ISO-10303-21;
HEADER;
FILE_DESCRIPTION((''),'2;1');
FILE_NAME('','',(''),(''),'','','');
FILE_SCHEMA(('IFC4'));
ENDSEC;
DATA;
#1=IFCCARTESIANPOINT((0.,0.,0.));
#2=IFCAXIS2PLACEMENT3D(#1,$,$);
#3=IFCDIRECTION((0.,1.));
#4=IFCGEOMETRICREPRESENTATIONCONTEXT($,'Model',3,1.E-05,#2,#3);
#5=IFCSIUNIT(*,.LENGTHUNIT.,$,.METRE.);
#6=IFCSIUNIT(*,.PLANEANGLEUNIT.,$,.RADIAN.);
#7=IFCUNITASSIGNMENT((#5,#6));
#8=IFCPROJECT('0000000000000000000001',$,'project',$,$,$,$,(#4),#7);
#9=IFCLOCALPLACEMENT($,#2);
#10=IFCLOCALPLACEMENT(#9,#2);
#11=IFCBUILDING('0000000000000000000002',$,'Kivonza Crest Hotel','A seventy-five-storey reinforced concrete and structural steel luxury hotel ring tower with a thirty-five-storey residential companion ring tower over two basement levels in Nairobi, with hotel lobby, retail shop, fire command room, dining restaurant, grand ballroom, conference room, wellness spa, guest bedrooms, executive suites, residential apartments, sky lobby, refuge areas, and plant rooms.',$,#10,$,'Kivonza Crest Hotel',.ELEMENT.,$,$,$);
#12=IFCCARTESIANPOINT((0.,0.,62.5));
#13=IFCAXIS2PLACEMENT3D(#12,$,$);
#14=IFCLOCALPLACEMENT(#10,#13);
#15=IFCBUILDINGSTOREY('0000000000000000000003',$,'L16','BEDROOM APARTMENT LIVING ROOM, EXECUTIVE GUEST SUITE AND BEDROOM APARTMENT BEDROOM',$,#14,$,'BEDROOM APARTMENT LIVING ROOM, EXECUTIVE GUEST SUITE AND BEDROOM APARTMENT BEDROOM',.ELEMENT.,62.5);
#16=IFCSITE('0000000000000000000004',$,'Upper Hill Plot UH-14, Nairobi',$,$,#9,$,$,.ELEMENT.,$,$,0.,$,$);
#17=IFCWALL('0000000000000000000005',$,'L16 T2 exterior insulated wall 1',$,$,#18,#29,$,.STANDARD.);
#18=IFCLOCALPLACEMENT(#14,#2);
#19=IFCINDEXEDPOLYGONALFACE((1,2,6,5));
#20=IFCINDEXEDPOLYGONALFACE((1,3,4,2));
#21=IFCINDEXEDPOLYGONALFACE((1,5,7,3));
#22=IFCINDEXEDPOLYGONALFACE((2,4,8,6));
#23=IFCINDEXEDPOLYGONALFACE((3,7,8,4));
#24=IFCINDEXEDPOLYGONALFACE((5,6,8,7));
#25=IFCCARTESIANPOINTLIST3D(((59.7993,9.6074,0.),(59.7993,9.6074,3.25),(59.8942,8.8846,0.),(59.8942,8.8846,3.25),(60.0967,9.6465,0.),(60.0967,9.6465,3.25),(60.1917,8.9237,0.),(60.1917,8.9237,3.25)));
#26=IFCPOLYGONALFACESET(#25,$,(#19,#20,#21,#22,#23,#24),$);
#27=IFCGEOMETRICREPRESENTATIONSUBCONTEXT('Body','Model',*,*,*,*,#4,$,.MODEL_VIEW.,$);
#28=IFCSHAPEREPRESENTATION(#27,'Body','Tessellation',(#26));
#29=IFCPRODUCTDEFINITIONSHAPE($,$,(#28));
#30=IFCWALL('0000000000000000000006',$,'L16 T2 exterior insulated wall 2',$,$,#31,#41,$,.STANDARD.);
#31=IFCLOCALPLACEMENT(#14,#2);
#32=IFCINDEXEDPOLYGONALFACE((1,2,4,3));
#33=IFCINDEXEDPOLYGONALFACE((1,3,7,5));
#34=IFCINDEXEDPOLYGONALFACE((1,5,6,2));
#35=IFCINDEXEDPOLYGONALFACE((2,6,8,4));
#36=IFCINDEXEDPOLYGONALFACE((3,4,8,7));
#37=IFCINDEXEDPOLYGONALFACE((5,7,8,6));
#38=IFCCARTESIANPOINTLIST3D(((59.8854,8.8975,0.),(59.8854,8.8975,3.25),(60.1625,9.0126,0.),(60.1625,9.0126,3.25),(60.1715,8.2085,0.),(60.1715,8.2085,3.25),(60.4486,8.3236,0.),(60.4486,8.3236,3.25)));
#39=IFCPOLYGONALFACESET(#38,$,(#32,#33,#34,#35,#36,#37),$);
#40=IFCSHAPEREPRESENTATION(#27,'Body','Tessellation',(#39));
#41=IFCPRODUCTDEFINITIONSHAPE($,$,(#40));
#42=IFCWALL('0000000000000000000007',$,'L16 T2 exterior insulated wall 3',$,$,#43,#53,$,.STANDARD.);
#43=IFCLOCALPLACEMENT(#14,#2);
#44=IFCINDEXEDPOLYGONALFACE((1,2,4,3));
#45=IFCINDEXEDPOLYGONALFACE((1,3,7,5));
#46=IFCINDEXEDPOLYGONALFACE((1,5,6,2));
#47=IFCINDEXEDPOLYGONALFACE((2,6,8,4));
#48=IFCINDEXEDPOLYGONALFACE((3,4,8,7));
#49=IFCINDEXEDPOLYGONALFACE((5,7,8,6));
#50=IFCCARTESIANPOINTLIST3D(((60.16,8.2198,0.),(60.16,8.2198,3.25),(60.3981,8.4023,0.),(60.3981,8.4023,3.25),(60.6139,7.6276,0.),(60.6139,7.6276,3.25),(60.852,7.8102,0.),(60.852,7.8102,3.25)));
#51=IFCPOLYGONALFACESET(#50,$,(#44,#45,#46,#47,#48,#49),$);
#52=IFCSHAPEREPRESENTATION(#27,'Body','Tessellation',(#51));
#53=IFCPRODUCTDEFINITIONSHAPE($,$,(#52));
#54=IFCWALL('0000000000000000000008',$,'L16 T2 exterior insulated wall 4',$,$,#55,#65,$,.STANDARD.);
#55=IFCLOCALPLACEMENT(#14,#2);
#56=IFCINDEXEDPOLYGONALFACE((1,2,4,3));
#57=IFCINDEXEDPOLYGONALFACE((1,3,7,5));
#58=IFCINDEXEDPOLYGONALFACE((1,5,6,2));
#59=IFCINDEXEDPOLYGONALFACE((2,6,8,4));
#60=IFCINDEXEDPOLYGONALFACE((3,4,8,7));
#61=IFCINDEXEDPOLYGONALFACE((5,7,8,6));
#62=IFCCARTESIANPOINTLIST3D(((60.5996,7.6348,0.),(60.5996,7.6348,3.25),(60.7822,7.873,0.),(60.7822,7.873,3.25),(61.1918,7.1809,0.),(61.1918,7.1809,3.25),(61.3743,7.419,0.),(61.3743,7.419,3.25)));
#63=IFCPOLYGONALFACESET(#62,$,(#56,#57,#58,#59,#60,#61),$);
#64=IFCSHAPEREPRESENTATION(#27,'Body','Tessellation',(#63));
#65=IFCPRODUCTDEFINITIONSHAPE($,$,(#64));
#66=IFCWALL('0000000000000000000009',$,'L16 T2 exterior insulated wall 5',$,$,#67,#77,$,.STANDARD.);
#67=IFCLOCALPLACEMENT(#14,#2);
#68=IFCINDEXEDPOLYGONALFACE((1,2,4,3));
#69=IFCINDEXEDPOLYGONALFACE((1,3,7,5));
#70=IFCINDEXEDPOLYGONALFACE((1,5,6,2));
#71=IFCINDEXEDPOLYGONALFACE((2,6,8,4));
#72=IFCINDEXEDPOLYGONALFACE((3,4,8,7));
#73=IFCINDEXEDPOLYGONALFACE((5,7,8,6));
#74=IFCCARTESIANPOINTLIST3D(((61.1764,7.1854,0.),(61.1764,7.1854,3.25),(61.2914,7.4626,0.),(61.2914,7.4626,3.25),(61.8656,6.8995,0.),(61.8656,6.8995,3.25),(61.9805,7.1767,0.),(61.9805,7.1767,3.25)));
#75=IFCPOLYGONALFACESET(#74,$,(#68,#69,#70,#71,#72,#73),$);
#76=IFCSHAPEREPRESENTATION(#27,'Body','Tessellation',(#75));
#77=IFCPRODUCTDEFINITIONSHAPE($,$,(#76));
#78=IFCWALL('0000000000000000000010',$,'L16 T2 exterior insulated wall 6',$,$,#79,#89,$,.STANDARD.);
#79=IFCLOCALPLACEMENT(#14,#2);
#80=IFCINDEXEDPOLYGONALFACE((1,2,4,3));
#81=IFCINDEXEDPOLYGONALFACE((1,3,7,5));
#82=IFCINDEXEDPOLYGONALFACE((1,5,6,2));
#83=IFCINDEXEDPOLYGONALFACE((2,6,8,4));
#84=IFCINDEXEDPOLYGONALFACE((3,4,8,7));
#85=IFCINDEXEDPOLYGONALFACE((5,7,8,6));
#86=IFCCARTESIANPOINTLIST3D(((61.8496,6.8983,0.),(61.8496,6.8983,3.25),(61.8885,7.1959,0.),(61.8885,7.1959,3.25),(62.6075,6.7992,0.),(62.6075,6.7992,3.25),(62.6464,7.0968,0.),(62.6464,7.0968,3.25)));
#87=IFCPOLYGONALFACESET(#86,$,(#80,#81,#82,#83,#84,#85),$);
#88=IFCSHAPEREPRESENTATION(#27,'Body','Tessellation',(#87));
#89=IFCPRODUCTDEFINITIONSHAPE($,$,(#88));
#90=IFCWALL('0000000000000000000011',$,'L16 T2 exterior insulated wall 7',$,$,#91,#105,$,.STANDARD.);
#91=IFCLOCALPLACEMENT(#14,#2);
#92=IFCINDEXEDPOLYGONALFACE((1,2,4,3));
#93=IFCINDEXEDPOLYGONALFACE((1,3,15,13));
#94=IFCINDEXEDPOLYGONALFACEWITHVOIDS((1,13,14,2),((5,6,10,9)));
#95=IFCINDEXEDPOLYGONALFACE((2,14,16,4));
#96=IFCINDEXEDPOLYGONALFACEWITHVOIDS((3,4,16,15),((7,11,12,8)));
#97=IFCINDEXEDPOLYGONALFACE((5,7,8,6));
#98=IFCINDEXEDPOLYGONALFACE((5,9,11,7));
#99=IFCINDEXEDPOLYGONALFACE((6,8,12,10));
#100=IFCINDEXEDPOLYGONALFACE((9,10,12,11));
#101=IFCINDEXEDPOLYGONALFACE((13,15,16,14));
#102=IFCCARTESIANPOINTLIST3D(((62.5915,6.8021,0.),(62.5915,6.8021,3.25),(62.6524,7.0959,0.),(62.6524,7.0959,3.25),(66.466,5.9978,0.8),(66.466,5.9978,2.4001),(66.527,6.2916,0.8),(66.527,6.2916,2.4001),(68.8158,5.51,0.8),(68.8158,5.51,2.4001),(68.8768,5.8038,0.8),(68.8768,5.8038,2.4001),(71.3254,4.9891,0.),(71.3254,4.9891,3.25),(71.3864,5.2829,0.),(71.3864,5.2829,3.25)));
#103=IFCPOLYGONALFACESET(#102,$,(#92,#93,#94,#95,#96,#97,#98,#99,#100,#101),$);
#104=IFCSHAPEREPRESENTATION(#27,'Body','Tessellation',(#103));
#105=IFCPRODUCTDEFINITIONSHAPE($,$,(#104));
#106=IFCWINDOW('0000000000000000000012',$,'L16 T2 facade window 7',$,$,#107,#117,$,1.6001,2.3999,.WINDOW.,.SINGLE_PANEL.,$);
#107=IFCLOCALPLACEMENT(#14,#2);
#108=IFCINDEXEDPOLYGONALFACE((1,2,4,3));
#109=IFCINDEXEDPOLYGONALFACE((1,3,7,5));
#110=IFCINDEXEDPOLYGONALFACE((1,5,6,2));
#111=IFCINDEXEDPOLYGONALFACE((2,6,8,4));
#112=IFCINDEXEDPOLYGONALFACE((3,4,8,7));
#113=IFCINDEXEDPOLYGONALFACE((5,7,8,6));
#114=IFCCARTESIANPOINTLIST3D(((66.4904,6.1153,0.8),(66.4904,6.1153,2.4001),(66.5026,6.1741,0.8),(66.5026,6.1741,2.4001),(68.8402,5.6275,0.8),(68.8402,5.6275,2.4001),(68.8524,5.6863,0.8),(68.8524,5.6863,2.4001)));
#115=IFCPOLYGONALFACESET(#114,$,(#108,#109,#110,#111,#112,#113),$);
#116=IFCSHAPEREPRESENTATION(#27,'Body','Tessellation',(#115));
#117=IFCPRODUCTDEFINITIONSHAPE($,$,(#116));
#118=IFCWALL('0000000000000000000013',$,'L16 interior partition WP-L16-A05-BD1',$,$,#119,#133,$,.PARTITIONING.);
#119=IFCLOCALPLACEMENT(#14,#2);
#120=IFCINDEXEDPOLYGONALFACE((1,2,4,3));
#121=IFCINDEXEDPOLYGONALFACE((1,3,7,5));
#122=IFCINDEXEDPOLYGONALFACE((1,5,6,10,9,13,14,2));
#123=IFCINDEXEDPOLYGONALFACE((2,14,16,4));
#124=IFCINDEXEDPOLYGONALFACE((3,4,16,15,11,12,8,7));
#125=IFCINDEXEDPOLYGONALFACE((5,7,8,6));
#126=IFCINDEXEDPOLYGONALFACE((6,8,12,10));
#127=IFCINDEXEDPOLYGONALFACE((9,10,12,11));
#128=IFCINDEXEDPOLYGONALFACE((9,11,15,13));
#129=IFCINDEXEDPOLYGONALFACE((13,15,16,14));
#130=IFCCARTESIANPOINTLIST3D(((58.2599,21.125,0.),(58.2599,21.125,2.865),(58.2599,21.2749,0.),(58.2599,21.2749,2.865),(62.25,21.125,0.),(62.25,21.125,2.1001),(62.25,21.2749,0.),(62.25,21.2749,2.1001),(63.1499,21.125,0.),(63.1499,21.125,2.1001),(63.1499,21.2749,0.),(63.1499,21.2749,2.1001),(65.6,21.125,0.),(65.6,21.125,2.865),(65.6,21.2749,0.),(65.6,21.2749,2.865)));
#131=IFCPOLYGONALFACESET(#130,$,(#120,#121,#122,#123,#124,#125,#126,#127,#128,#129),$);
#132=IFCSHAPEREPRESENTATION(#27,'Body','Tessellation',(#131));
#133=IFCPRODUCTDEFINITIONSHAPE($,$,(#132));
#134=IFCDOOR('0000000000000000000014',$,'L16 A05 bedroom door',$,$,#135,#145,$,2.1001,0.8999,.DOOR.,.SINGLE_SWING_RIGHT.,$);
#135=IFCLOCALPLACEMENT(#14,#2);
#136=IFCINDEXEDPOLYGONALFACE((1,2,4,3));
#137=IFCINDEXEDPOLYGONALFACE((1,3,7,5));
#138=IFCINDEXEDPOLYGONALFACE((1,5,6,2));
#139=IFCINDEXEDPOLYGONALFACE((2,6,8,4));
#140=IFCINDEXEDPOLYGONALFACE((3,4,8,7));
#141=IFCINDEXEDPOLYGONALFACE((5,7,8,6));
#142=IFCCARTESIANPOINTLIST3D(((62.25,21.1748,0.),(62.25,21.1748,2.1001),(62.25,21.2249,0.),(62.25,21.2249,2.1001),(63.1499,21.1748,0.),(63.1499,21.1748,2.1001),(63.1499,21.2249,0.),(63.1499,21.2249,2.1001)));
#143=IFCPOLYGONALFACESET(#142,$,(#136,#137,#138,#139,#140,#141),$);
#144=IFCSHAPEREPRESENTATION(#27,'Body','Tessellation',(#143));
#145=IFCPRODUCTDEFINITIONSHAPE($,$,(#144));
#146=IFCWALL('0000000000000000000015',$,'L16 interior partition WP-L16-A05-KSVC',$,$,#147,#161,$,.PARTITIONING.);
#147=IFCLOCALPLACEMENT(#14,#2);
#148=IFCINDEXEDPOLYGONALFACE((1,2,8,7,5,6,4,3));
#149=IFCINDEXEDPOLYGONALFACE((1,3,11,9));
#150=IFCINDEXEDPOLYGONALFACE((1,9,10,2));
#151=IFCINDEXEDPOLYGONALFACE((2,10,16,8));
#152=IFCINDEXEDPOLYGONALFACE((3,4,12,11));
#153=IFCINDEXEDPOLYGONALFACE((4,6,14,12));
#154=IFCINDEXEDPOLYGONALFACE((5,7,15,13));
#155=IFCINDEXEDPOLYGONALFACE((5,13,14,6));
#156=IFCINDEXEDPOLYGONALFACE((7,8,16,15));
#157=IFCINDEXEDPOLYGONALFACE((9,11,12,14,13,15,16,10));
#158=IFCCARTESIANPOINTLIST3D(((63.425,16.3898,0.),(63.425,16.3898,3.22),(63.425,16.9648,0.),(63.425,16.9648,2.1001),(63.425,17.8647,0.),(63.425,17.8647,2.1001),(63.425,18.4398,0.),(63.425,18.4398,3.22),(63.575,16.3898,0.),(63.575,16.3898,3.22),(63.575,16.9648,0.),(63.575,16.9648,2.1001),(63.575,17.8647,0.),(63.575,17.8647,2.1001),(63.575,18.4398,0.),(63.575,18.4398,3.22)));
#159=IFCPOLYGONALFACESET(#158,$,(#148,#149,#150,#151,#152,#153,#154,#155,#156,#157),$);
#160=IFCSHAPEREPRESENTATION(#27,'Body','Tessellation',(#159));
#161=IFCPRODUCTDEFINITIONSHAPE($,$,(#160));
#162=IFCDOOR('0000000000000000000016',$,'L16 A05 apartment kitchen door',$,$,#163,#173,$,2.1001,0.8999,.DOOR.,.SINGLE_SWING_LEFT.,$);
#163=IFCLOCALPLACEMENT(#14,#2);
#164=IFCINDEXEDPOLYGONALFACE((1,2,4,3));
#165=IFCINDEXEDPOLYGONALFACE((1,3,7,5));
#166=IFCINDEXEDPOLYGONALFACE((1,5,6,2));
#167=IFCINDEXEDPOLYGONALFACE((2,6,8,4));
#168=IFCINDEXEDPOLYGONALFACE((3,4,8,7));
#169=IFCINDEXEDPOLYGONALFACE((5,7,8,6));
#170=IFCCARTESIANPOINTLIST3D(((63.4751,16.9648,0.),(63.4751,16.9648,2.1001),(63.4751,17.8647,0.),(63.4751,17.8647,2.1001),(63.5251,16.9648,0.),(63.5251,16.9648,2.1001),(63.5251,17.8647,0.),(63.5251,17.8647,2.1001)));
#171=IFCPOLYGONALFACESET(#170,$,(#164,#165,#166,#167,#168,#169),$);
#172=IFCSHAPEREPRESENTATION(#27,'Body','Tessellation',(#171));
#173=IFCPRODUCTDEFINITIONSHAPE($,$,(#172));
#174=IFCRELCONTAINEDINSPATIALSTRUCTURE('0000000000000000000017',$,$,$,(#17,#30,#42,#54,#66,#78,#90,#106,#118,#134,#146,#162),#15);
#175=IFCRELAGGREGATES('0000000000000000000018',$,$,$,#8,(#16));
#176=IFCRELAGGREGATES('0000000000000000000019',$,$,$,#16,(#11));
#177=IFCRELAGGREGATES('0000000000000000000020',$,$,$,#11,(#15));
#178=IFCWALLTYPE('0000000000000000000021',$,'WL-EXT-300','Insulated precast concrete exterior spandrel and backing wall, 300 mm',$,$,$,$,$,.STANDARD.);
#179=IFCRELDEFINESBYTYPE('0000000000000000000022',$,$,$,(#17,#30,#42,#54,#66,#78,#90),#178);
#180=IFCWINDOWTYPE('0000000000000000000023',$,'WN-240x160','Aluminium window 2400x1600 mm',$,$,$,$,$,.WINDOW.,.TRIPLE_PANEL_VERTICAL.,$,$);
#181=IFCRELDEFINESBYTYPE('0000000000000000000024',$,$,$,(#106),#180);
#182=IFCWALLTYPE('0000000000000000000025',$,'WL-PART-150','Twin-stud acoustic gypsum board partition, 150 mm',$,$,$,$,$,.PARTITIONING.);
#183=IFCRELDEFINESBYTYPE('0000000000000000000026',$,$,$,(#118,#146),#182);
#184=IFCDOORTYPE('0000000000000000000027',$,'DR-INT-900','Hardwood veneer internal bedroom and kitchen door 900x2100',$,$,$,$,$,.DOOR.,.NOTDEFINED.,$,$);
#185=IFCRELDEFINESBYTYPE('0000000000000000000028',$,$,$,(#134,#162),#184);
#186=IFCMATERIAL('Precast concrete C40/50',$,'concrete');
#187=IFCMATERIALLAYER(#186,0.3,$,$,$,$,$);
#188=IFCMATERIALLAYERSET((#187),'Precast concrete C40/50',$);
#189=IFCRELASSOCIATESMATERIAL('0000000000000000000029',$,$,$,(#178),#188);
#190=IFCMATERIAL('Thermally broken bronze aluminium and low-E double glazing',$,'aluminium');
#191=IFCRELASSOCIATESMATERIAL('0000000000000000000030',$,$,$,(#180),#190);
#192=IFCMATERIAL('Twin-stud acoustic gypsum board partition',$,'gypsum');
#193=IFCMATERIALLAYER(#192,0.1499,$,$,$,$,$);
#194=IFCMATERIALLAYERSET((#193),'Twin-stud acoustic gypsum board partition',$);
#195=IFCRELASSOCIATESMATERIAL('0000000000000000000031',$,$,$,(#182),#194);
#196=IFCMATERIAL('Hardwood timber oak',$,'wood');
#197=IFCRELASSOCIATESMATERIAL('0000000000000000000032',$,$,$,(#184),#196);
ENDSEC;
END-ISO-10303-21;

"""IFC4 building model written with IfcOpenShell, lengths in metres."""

from ifc_helpers import new_model, si_unit, direction, frame, frame_2d, origin, place, context, subcontext, project, spatial, rectangle, extrude, material, layer, layer_set, type_object, element, fill, save


model = new_model("IFC4")

# Units and contexts
model_context = context("Model", 3, precision=1e-05, world=origin(), true_north=direction((0.0, 1.0)))
body_context = subcontext(model_context, "Body", "Model", "MODEL_VIEW")
ifc_project = project(units=[si_unit("LENGTHUNIT", "METRE"), si_unit("PLANEANGLEUNIT", "RADIAN")], contexts=[model_context])

# Site, building, storey
site_placement = place(None, origin())
site = spatial("IfcSite", under=ifc_project, at=site_placement, Name="Upper Hill Plot UH-14, Nairobi", CompositionType="ELEMENT", RefElevation=0.0)
building_placement = place(site_placement, origin())
building = spatial("IfcBuilding", under=site, at=building_placement, Name="Kivonza Crest Hotel", Description="A seventy-five-storey reinforced concrete and structural steel luxury hotel ring tower with a thirty-five-storey residential companion ring tower over two basement levels in Nairobi, with hotel lobby, retail shop, fire command room, dining restaurant, grand ballroom, conference room, wellness spa, guest bedrooms, executive suites, residential apartments, sky lobby, refuge areas, and plant rooms.", LongName="Kivonza Crest Hotel", CompositionType="ELEMENT")
storey_placement = place(building_placement, frame((0.0, 0.0, 62.5)))
storey = spatial("IfcBuildingStorey", under=building, at=storey_placement, Name="L16", Description="BEDROOM APARTMENT LIVING ROOM, EXECUTIVE GUEST SUITE AND BEDROOM APARTMENT BEDROOM", LongName="BEDROOM APARTMENT LIVING ROOM, EXECUTIVE GUEST SUITE AND BEDROOM APARTMENT BEDROOM", CompositionType="ELEMENT", Elevation=62.5)

# Walls
ifc_material_1 = material(Name="Precast concrete C40/50", Category="concrete")
ifc_layer_1 = layer(ifc_material_1, 0.3)
ifc_layer_set_1 = layer_set([ifc_layer_1], Name="Precast concrete C40/50")
wall_type_1 = type_object("IfcWallType", Name="WL-EXT-300", Description="Insulated precast concrete exterior spandrel and backing wall, 300 mm", PredefinedType="STANDARD", material=ifc_layer_set_1)
wall_1_placement = place(storey_placement, frame((59.948, 9.627, 0.0), z_axis=(0.0, 0.0, 1.0), x_axis=(0.130255, -0.99148, 0.0)))
element("IfcWall", 1, at=wall_1_placement, inside=storey, type_object=wall_type_1, Name="L16 T2 exterior insulated wall 1", PredefinedType="STANDARD", context=body_context, shape_type="SweptSolid", body=[
    extrude(rectangle(XDim=0.729, YDim=0.3, at=frame_2d((0.3645, 0.0))), origin(), (0.0, 0.0, 1.0), 3.25),
])
for number, where, z_axis, x_axis, name in (
    (2, (60.0239, 8.9551, 0.0), (0.0, 0.0, 1.0), (0.383546, -0.923522, 0.0), "L16 T2 exterior insulated wall 2"),
    (3, (60.2791, 8.311, 0.0), (0.0, 0.0, 1.0), (0.608397, -0.793633, 0.0), "L16 T2 exterior insulated wall 3"),
    (4, (60.6909, 7.7539, 0.0), (0.0, 0.0, 1.0), (0.793633, -0.608397, 0.0), "L16 T2 exterior insulated wall 4"),
    (5, (61.2339, 7.324, 0.0), (0.0, 0.0, 1.0), (0.923686, -0.383151, 0.0), "L16 T2 exterior insulated wall 5"),
):
    element("IfcWall", number, at=place(storey_placement, frame(where, z_axis=z_axis, x_axis=x_axis)), inside=storey, type_object=wall_type_1, Name=name, PredefinedType="STANDARD", context=body_context, shape_type="SweptSolid", body=[
        extrude(rectangle(XDim=0.7461, YDim=0.3, at=frame_2d((0.373, 0.0))), origin(), (0.0, 0.0, 1.0), 3.25),
    ])
wall_2_placement = place(storey_placement, frame((61.8689, 7.0471, 0.0), z_axis=(0.0, 0.0, 1.0), x_axis=(0.991559, -0.129653, 0.0)))
element("IfcWall", 6, at=wall_2_placement, inside=storey, type_object=wall_type_1, Name="L16 T2 exterior insulated wall 6", PredefinedType="STANDARD", context=body_context, shape_type="SweptSolid", body=[
    extrude(rectangle(XDim=0.7644, YDim=0.3, at=frame_2d((0.3823, 0.0))), origin(), (0.0, 0.0, 1.0), 3.25),
])

# Wall, opening, window
wall_3_placement = place(storey_placement, frame((62.6221, 6.949, 0.0), z_axis=(0.0, 0.0, 1.0), x_axis=(0.979127, -0.203248, 0.0)))
wall_3 = element("IfcWall", 7, at=wall_3_placement, inside=storey, type_object=wall_type_1, Name="L16 T2 exterior insulated wall 7", PredefinedType="STANDARD", context=body_context, shape_type="SweptSolid", body=[
    extrude(rectangle(XDim=8.9202, YDim=0.3, at=frame_2d((4.46, 0.0))), origin(), (0.0, 0.0, 1.0), 3.25),
])
opening_1_placement = place(wall_3_placement, frame((3.957, 0.0, 0.8)))
opening_1 = element("IfcOpeningElement", 8, at=opening_1_placement, cuts=wall_3, PredefinedType="OPENING", context=body_context, shape_type="SweptSolid", body=[
    extrude(rectangle(XDim=2.3999, YDim=1.6001, at=frame_2d((1.2, 0.8))), frame((0.0, 0.1602, 0.0), z_axis=(0.0, -1.0, 0.0), x_axis=(1.0, 0.0, 0.0)), (0.0, 0.0, 1.0), 0.3201),
])
ifc_material_2 = material(Name="Thermally broken bronze aluminium and low-E double glazing", Category="aluminium")
window_type = type_object("IfcWindowType", Name="WN-240x160", Description="Aluminium window 2400x1600 mm", PartitioningType="TRIPLE_PANEL_VERTICAL", PredefinedType="WINDOW", material=ifc_material_2)
window_placement = place(opening_1_placement, origin())
window = element("IfcWindow", 9, at=window_placement, inside=storey, type_object=window_type, Name="L16 T2 facade window 7", OverallHeight=1.6001, OverallWidth=2.3999, PartitioningType="SINGLE_PANEL", PredefinedType="WINDOW", context=body_context, shape_type="SweptSolid", body=[
    extrude(rectangle(XDim=2.3999, YDim=1.6001, at=frame_2d((1.2, 0.8))), frame((0.0, 0.03, 0.0), z_axis=(0.0, -1.0, 0.0), x_axis=(1.0, 0.0, 0.0)), (0.0, 0.0, 1.0), 0.0601),
])
fill(opening_1, window)

# Walls, openings, doors
ifc_material_3 = material(Name="Twin-stud acoustic gypsum board partition", Category="gypsum")
ifc_layer_2 = layer(ifc_material_3, 0.1499)
ifc_layer_set_2 = layer_set([ifc_layer_2], Name="Twin-stud acoustic gypsum board partition")
wall_type_2 = type_object("IfcWallType", Name="WL-PART-150", Description="Twin-stud acoustic gypsum board partition, 150 mm", PredefinedType="PARTITIONING", material=ifc_layer_set_2)
wall_4_placement = place(storey_placement, frame((58.26, 21.2, 0.0), z_axis=(0.0, 0.0, 1.0), x_axis=(1.0, 0.0, 0.0)))
wall_4 = element("IfcWall", 10, at=wall_4_placement, inside=storey, type_object=wall_type_2, Name="L16 interior partition WP-L16-A05-BD1", PredefinedType="PARTITIONING", context=body_context, shape_type="SweptSolid", body=[
    extrude(rectangle(XDim=7.3401, YDim=0.1499, at=frame_2d((3.6699, 0.0))), origin(), (0.0, 0.0, 1.0), 2.865),
])
opening_2_placement = place(wall_4_placement, frame((3.99, 0.0, 0.0)))
opening_2 = element("IfcOpeningElement", 11, at=opening_2_placement, cuts=wall_4, PredefinedType="OPENING", context=body_context, shape_type="SweptSolid", body=[
    extrude(rectangle(XDim=0.8999, YDim=2.1001, at=frame_2d((0.45, 1.05))), frame((0.0, 0.085, 0.0), z_axis=(0.0, -1.0, 0.0), x_axis=(1.0, 0.0, 0.0)), (0.0, 0.0, 1.0), 0.1699),
])
ifc_material_4 = material(Name="Hardwood timber oak", Category="wood")
door_type_1 = type_object("IfcDoorType", Name="DR-INT-900", Description="Hardwood veneer internal bedroom and kitchen door 900x2100", OperationType="NOTDEFINED", PredefinedType="DOOR", material=ifc_material_4)
door_1_placement = place(opening_2_placement, origin())
door_1 = element("IfcDoor", 12, at=door_1_placement, inside=storey, type_object=door_type_1, Name="L16 A05 bedroom door", OperationType="SINGLE_SWING_RIGHT", OverallHeight=2.1001, OverallWidth=0.8999, PredefinedType="DOOR", context=body_context, shape_type="SweptSolid", body=[
    extrude(rectangle(XDim=0.8999, YDim=2.1001, at=frame_2d((0.45, 1.05))), frame((0.0, 0.0249, 0.0), z_axis=(0.0, -1.0, 0.0), x_axis=(1.0, 0.0, 0.0)), (0.0, 0.0, 1.0), 0.05),
])
fill(opening_2, door_1)
wall_5_placement = place(storey_placement, frame((63.5, 16.3899, 0.0), z_axis=(0.0, 0.0, 1.0), x_axis=(0.0, 1.0, 0.0)))
wall_5 = element("IfcWall", 13, at=wall_5_placement, inside=storey, type_object=wall_type_2, Name="L16 interior partition WP-L16-A05-KSVC", PredefinedType="PARTITIONING", context=body_context, shape_type="SweptSolid", body=[
    extrude(rectangle(XDim=2.05, YDim=0.1499, at=frame_2d((1.0249, 0.0))), origin(), (0.0, 0.0, 1.0), 3.22),
])
opening_3_placement = place(wall_5_placement, frame((0.575, 0.0, 0.0)))
opening_3 = element("IfcOpeningElement", 14, at=opening_3_placement, cuts=wall_5, PredefinedType="OPENING", context=body_context, shape_type="SweptSolid", body=[
    extrude(rectangle(XDim=0.8999, YDim=2.1001, at=frame_2d((0.45, 1.05))), frame((0.0, 0.085, 0.0), z_axis=(0.0, -1.0, 0.0), x_axis=(1.0, 0.0, 0.0)), (0.0, 0.0, 1.0), 0.1699),
])
door_2_placement = place(opening_3_placement, origin())
door_2 = element("IfcDoor", 15, at=door_2_placement, inside=storey, type_object=door_type_1, Name="L16 A05 apartment kitchen door", OperationType="SINGLE_SWING_LEFT", OverallHeight=2.1001, OverallWidth=0.8999, PredefinedType="DOOR", context=body_context, shape_type="SweptSolid", body=[
    extrude(rectangle(XDim=0.8999, YDim=2.1001, at=frame_2d((0.45, 1.05))), frame((0.0, 0.0249, 0.0), z_axis=(0.0, -1.0, 0.0), x_axis=(1.0, 0.0, 0.0)), (0.0, 0.0, 1.0), 0.05),
])
fill(opening_3, door_2)

save(model, "model.ifc")
